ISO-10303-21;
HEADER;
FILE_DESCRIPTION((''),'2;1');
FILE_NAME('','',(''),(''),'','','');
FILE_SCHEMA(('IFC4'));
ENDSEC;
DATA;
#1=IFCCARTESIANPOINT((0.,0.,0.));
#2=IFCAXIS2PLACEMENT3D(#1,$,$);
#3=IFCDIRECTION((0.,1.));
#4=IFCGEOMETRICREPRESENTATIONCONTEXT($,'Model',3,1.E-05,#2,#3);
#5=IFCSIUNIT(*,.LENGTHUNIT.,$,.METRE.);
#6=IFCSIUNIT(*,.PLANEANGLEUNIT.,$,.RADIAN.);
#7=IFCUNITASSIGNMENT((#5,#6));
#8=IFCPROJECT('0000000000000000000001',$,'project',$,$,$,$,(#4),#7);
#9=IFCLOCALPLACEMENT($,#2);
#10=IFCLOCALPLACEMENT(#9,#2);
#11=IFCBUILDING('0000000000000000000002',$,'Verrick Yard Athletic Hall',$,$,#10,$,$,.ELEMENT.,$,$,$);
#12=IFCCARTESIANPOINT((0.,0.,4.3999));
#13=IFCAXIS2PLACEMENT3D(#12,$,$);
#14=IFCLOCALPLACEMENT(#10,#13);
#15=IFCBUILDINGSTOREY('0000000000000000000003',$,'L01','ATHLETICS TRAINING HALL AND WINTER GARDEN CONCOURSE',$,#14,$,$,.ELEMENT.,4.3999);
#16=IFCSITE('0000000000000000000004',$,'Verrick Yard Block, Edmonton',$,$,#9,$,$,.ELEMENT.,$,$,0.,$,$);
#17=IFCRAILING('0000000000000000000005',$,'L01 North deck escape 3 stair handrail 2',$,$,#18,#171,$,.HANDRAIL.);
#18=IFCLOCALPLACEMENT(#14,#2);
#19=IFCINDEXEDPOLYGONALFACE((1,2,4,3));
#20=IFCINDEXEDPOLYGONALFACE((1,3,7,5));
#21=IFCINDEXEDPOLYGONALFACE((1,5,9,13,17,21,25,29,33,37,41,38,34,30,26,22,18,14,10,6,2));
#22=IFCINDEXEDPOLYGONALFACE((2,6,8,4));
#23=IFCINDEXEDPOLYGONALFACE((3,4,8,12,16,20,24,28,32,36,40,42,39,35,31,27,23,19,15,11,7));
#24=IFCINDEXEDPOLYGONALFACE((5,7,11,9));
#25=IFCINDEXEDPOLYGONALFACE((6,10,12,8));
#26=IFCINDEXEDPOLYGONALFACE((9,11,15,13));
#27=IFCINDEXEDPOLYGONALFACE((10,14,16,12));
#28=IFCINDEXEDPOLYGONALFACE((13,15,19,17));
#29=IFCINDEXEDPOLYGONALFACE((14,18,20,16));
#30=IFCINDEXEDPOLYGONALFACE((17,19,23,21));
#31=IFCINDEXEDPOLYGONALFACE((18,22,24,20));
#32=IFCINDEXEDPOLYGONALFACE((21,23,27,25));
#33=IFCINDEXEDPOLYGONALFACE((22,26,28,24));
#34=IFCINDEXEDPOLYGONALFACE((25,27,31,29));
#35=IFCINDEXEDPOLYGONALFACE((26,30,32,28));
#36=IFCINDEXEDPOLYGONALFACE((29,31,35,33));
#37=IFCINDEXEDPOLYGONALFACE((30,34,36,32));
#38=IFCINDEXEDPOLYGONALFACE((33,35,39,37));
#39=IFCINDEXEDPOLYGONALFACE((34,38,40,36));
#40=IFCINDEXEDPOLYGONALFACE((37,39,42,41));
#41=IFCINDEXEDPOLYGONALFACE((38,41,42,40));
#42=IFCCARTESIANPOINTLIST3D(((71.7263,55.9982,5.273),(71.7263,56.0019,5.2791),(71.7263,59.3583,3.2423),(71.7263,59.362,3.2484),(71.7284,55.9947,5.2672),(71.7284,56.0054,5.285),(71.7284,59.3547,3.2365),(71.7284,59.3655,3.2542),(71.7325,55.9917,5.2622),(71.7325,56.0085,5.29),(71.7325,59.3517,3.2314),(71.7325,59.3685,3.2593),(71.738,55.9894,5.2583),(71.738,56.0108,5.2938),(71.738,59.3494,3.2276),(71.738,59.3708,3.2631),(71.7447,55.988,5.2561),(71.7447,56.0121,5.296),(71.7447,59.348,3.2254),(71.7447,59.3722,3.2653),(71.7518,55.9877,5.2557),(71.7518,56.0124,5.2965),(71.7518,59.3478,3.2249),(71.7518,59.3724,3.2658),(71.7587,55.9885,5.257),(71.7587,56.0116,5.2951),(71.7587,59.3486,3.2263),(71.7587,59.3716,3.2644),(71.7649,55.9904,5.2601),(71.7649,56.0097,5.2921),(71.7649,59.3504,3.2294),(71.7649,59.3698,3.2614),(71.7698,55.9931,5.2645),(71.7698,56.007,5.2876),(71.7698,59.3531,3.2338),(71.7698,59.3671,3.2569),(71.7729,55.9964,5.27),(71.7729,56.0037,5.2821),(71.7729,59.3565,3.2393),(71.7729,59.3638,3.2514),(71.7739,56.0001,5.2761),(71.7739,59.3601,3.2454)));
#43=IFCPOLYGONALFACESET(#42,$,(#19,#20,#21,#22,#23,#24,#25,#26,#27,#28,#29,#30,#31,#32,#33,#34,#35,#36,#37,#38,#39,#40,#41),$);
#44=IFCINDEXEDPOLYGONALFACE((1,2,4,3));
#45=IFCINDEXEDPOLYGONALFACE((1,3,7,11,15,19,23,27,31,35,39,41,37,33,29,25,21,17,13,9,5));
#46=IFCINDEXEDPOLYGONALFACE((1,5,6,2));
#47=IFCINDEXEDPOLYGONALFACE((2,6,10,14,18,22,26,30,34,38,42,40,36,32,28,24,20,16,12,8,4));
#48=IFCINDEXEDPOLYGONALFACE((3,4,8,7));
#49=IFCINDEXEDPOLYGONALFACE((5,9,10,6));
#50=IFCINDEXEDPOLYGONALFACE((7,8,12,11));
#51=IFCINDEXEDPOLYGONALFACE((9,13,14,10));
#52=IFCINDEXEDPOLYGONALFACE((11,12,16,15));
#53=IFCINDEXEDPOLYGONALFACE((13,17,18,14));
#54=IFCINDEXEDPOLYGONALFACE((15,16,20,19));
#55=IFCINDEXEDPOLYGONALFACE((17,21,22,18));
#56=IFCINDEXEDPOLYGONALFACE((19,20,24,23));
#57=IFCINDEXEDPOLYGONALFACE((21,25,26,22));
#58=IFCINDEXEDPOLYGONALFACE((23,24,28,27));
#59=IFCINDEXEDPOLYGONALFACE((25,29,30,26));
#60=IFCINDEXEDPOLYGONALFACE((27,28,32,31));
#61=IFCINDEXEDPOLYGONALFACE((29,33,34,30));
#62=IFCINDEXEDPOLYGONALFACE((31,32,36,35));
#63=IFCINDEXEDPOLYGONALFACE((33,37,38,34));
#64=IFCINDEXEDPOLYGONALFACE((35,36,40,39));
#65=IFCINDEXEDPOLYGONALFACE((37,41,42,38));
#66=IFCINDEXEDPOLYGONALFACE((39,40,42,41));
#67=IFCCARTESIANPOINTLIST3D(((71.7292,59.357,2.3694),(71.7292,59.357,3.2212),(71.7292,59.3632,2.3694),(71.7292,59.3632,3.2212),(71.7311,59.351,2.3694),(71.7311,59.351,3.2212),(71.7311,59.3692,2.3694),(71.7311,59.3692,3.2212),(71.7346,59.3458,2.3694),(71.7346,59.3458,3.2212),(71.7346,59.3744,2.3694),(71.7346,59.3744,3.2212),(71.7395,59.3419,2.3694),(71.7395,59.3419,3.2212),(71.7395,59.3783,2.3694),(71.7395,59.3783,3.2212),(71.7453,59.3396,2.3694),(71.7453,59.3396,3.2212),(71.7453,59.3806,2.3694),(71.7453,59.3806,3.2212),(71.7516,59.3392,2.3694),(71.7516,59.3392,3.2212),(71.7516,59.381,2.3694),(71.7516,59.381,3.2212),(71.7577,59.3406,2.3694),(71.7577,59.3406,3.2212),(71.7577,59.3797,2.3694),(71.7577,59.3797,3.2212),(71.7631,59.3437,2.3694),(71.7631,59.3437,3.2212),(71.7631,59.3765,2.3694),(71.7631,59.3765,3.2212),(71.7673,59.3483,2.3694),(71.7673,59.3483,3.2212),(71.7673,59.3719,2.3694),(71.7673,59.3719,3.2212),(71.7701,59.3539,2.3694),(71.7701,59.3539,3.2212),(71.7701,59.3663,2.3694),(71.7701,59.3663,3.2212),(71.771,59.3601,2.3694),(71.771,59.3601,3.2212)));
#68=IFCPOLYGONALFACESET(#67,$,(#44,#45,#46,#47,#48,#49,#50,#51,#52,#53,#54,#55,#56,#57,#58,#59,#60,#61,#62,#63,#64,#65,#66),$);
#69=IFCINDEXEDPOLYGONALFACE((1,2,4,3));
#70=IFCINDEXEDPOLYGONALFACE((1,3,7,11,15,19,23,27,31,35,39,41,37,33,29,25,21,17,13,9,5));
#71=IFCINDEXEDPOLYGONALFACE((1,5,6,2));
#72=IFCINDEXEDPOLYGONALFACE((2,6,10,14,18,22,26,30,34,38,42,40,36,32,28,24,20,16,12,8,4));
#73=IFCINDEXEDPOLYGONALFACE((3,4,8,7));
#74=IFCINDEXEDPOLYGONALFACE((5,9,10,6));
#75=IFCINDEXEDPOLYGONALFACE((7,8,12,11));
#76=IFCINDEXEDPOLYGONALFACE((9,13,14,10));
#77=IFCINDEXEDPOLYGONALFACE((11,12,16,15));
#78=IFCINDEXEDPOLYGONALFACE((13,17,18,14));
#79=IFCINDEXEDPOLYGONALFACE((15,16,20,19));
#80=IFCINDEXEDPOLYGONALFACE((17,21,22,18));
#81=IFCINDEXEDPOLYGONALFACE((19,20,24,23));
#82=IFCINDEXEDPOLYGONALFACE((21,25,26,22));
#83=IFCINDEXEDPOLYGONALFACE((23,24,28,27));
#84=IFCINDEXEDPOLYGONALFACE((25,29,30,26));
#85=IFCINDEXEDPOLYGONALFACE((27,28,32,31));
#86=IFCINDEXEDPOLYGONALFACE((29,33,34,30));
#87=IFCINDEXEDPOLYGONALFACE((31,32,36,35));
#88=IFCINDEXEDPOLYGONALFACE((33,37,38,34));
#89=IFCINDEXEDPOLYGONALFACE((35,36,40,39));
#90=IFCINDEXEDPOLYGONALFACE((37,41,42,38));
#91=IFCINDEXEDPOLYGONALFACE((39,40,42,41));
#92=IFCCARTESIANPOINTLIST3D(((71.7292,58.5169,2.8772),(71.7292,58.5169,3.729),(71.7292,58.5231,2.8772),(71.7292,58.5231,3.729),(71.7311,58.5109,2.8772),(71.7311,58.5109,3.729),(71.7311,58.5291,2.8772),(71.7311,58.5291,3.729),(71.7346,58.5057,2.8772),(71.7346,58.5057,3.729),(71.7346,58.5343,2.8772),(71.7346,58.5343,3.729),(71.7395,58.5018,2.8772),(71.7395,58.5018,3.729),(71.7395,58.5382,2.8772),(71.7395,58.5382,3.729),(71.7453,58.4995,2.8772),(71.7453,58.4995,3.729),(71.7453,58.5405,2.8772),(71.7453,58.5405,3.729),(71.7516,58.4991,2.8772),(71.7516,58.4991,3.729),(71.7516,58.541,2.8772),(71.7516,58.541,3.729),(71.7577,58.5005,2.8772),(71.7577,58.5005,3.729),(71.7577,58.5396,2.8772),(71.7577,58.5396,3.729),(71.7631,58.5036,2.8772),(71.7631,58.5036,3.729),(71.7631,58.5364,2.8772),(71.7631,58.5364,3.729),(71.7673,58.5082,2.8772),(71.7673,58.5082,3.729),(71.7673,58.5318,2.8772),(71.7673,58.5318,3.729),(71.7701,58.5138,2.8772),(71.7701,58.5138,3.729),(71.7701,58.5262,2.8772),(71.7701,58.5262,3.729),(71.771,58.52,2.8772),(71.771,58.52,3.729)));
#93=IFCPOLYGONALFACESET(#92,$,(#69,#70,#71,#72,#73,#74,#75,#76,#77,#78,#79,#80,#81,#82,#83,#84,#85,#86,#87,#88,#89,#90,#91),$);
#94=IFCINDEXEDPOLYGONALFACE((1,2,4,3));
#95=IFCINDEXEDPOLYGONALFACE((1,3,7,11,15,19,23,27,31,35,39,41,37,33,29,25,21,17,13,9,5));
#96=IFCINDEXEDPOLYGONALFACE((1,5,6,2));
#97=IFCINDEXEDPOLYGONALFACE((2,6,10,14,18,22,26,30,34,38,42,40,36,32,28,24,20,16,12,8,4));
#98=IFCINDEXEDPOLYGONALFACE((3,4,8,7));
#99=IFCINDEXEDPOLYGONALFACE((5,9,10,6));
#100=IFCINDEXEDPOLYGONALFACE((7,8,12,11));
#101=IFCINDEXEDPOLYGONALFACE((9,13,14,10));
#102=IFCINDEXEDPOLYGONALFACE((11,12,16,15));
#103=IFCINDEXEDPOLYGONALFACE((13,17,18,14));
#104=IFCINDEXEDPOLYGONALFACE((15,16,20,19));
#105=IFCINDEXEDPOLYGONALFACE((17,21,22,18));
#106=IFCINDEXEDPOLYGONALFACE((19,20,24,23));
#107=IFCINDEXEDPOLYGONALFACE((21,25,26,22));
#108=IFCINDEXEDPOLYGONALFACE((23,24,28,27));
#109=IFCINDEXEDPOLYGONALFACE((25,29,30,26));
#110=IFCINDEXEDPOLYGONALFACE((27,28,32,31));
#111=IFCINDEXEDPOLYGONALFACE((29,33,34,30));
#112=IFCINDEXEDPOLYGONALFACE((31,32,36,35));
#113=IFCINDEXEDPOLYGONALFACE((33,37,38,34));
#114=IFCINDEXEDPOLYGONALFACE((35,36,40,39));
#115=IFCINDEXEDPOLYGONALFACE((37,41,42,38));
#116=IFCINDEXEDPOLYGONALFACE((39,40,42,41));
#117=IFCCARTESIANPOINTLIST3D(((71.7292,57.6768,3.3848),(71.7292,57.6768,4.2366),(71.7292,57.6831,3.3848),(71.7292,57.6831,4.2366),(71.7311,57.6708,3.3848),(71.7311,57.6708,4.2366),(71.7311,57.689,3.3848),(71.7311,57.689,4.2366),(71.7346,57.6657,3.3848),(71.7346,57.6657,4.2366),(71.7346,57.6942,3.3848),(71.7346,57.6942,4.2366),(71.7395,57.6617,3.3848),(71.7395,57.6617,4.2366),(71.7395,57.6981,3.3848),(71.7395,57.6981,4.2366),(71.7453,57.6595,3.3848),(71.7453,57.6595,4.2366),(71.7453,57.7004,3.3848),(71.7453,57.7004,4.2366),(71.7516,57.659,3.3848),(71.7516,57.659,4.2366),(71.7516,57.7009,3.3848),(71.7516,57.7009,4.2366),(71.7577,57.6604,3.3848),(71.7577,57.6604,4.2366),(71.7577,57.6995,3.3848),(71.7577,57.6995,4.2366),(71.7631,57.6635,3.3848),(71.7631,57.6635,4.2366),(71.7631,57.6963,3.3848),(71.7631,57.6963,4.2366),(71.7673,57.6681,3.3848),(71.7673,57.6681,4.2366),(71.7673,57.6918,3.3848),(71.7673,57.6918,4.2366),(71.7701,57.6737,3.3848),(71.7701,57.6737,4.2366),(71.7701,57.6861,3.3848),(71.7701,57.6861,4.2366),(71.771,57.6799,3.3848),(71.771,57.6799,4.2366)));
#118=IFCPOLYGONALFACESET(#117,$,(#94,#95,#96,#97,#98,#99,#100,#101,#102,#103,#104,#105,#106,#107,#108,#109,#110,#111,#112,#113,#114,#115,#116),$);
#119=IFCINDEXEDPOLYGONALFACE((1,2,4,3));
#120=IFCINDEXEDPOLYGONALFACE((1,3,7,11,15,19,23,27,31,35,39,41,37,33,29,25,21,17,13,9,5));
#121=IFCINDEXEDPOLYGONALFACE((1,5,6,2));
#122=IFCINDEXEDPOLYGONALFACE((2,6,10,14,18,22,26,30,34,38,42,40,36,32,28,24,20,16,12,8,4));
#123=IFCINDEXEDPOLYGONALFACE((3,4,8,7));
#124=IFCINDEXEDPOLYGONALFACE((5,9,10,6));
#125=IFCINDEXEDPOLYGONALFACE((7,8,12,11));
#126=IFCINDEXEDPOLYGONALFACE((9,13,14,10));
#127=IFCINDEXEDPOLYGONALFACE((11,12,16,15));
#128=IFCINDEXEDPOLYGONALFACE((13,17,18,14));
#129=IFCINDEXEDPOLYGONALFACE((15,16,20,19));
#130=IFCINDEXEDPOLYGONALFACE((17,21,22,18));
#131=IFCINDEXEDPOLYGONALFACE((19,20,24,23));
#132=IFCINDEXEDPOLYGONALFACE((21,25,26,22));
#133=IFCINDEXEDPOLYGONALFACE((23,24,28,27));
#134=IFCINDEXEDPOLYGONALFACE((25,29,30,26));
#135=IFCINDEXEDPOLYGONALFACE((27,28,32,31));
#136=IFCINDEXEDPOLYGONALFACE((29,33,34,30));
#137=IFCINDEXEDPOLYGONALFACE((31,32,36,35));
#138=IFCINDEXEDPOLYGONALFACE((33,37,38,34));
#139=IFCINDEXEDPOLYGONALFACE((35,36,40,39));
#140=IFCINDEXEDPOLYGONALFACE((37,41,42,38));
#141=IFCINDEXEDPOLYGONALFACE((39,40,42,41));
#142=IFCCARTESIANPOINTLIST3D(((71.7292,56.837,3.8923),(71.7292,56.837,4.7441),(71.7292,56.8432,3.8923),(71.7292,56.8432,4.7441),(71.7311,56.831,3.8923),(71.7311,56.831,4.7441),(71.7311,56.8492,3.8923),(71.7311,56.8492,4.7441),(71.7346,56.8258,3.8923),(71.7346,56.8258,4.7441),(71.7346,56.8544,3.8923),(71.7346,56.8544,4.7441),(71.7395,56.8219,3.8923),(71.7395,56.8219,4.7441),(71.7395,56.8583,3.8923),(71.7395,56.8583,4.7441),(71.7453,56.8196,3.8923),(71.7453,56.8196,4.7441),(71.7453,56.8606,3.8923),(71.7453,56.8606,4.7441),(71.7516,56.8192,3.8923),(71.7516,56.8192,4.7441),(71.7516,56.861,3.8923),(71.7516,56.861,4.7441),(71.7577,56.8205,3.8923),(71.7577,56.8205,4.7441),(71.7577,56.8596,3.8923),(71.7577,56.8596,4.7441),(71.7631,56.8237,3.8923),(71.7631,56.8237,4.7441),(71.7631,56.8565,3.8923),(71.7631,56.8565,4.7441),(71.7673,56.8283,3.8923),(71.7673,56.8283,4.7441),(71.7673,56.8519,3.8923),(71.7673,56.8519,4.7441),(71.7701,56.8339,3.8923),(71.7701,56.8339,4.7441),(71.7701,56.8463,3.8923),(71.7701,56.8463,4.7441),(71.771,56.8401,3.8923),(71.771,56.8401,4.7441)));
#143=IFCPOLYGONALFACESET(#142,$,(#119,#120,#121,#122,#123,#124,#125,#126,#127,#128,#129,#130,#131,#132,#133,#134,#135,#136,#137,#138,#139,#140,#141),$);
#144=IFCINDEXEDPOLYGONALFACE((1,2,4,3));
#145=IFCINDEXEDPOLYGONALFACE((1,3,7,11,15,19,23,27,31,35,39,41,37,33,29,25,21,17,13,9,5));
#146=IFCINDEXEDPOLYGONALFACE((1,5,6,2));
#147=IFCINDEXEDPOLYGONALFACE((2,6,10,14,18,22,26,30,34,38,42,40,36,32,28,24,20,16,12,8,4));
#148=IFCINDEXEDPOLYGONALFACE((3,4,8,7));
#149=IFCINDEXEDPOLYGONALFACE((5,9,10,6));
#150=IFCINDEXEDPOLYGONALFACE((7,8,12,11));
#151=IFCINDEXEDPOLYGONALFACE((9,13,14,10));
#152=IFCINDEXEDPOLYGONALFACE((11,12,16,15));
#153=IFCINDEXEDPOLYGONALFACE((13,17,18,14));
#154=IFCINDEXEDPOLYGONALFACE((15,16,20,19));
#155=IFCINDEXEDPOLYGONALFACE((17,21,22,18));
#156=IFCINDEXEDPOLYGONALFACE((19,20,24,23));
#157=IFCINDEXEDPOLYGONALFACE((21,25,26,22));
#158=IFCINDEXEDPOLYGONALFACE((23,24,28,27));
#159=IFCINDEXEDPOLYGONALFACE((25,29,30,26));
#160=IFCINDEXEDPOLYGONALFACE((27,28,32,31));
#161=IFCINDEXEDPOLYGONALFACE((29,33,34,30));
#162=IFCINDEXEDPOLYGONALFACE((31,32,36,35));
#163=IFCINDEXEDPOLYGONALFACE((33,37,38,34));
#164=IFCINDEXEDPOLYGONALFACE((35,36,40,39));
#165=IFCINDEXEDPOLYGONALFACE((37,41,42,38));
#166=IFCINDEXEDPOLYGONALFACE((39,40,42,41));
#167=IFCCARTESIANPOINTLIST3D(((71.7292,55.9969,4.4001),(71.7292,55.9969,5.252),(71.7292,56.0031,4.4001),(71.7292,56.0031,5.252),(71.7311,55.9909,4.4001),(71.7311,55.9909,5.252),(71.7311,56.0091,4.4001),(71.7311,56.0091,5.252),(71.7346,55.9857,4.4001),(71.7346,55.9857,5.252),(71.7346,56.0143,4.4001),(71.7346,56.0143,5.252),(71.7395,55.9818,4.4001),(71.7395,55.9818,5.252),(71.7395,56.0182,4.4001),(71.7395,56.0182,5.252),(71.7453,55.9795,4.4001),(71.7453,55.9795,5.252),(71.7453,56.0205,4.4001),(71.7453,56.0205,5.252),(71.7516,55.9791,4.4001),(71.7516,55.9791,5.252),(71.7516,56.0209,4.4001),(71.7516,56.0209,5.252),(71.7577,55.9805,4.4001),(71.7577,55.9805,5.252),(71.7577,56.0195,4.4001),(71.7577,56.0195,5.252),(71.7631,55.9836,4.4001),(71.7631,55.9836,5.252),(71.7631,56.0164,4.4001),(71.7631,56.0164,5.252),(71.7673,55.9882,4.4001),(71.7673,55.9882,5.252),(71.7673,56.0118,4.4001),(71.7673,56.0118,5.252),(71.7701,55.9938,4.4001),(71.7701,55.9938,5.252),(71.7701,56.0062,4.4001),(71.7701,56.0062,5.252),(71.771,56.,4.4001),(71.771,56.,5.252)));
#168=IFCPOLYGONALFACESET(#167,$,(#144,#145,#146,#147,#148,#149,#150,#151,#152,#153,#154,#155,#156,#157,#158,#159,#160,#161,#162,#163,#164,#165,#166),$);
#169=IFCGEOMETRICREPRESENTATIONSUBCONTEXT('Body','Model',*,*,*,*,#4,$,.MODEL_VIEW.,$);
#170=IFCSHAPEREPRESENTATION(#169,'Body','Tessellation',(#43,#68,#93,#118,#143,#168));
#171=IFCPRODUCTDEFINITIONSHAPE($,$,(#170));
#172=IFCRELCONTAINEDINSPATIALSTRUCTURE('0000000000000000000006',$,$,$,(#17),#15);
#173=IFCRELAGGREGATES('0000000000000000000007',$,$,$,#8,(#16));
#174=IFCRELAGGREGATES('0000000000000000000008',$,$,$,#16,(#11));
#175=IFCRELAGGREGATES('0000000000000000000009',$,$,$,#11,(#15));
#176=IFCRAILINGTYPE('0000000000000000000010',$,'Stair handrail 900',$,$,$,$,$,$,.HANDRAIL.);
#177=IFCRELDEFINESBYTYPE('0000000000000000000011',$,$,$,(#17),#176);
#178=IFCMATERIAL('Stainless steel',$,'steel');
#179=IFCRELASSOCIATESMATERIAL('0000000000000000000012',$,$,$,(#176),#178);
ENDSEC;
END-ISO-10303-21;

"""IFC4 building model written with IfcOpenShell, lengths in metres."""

from ifc_helpers import new_model, si_unit, direction, frame, origin, origin_2d, place, context, subcontext, project, spatial, circle, extrude, material, type_object, element, save


model = new_model("IFC4")

# Units and contexts
model_context = context("Model", 3, precision=1e-05, world=origin(), true_north=direction((0.0, 1.0)))
body_context = subcontext(model_context, "Body", "Model", "MODEL_VIEW")
ifc_project = project(units=[si_unit("LENGTHUNIT", "METRE"), si_unit("PLANEANGLEUNIT", "RADIAN")], contexts=[model_context])

# Site, building, storey
site_placement = place(None, origin())
site = spatial("IfcSite", under=ifc_project, at=site_placement, Name="Verrick Yard Block, Edmonton", CompositionType="ELEMENT", RefElevation=0.0)
building_placement = place(site_placement, origin())
building = spatial("IfcBuilding", under=site, at=building_placement, Name="Verrick Yard Athletic Hall", CompositionType="ELEMENT")
storey_placement = place(building_placement, frame((0.0, 0.0, 4.3999)))
storey = spatial("IfcBuildingStorey", under=building, at=storey_placement, Name="L01", Description="ATHLETICS TRAINING HALL AND WINTER GARDEN CONCOURSE", CompositionType="ELEMENT", Elevation=4.3999)

# Railing
ifc_material_1 = material(Name="Stainless steel", Category="steel")
railing_type = type_object("IfcRailingType", Name="Stair handrail 900", PredefinedType="HANDRAIL", material=ifc_material_1)
railing_placement = place(storey_placement, frame((71.75, 59.3601, 2.3694)))
element("IfcRailing", 1, at=railing_placement, inside=storey, type_object=railing_type, Name="L01 North deck escape 3 stair handrail 2", PredefinedType="HANDRAIL", context=body_context, shape_type="SweptSolid", body=[
    extrude(circle(Radius=0.0239, at=origin_2d()), frame((0.0, 0.0, 0.876), z_axis=(0.0, -0.855837, 0.517246), x_axis=(1.0, 0.0, 0.0)), (0.0, 0.0, 1.0), 3.926),
    extrude(circle(Radius=0.021, at=origin_2d()), origin(), (0.0, 0.0, 1.0), 0.8518),
    extrude(circle(Radius=0.021, at=origin_2d()), frame((0.0, -0.8401, 0.5078)), (0.0, 0.0, 1.0), 0.8518),
    extrude(circle(Radius=0.021, at=origin_2d()), frame((0.0, -1.6802, 1.0154)), (0.0, 0.0, 1.0), 0.8518),
    extrude(circle(Radius=0.021, at=origin_2d()), frame((0.0, -2.52, 1.5229)), (0.0, 0.0, 1.0), 0.8518),
    extrude(circle(Radius=0.021, at=origin_2d()), frame((0.0, -3.3601, 2.0308)), (0.0, 0.0, 1.0), 0.8518),
])

save(model, "model.ifc")
